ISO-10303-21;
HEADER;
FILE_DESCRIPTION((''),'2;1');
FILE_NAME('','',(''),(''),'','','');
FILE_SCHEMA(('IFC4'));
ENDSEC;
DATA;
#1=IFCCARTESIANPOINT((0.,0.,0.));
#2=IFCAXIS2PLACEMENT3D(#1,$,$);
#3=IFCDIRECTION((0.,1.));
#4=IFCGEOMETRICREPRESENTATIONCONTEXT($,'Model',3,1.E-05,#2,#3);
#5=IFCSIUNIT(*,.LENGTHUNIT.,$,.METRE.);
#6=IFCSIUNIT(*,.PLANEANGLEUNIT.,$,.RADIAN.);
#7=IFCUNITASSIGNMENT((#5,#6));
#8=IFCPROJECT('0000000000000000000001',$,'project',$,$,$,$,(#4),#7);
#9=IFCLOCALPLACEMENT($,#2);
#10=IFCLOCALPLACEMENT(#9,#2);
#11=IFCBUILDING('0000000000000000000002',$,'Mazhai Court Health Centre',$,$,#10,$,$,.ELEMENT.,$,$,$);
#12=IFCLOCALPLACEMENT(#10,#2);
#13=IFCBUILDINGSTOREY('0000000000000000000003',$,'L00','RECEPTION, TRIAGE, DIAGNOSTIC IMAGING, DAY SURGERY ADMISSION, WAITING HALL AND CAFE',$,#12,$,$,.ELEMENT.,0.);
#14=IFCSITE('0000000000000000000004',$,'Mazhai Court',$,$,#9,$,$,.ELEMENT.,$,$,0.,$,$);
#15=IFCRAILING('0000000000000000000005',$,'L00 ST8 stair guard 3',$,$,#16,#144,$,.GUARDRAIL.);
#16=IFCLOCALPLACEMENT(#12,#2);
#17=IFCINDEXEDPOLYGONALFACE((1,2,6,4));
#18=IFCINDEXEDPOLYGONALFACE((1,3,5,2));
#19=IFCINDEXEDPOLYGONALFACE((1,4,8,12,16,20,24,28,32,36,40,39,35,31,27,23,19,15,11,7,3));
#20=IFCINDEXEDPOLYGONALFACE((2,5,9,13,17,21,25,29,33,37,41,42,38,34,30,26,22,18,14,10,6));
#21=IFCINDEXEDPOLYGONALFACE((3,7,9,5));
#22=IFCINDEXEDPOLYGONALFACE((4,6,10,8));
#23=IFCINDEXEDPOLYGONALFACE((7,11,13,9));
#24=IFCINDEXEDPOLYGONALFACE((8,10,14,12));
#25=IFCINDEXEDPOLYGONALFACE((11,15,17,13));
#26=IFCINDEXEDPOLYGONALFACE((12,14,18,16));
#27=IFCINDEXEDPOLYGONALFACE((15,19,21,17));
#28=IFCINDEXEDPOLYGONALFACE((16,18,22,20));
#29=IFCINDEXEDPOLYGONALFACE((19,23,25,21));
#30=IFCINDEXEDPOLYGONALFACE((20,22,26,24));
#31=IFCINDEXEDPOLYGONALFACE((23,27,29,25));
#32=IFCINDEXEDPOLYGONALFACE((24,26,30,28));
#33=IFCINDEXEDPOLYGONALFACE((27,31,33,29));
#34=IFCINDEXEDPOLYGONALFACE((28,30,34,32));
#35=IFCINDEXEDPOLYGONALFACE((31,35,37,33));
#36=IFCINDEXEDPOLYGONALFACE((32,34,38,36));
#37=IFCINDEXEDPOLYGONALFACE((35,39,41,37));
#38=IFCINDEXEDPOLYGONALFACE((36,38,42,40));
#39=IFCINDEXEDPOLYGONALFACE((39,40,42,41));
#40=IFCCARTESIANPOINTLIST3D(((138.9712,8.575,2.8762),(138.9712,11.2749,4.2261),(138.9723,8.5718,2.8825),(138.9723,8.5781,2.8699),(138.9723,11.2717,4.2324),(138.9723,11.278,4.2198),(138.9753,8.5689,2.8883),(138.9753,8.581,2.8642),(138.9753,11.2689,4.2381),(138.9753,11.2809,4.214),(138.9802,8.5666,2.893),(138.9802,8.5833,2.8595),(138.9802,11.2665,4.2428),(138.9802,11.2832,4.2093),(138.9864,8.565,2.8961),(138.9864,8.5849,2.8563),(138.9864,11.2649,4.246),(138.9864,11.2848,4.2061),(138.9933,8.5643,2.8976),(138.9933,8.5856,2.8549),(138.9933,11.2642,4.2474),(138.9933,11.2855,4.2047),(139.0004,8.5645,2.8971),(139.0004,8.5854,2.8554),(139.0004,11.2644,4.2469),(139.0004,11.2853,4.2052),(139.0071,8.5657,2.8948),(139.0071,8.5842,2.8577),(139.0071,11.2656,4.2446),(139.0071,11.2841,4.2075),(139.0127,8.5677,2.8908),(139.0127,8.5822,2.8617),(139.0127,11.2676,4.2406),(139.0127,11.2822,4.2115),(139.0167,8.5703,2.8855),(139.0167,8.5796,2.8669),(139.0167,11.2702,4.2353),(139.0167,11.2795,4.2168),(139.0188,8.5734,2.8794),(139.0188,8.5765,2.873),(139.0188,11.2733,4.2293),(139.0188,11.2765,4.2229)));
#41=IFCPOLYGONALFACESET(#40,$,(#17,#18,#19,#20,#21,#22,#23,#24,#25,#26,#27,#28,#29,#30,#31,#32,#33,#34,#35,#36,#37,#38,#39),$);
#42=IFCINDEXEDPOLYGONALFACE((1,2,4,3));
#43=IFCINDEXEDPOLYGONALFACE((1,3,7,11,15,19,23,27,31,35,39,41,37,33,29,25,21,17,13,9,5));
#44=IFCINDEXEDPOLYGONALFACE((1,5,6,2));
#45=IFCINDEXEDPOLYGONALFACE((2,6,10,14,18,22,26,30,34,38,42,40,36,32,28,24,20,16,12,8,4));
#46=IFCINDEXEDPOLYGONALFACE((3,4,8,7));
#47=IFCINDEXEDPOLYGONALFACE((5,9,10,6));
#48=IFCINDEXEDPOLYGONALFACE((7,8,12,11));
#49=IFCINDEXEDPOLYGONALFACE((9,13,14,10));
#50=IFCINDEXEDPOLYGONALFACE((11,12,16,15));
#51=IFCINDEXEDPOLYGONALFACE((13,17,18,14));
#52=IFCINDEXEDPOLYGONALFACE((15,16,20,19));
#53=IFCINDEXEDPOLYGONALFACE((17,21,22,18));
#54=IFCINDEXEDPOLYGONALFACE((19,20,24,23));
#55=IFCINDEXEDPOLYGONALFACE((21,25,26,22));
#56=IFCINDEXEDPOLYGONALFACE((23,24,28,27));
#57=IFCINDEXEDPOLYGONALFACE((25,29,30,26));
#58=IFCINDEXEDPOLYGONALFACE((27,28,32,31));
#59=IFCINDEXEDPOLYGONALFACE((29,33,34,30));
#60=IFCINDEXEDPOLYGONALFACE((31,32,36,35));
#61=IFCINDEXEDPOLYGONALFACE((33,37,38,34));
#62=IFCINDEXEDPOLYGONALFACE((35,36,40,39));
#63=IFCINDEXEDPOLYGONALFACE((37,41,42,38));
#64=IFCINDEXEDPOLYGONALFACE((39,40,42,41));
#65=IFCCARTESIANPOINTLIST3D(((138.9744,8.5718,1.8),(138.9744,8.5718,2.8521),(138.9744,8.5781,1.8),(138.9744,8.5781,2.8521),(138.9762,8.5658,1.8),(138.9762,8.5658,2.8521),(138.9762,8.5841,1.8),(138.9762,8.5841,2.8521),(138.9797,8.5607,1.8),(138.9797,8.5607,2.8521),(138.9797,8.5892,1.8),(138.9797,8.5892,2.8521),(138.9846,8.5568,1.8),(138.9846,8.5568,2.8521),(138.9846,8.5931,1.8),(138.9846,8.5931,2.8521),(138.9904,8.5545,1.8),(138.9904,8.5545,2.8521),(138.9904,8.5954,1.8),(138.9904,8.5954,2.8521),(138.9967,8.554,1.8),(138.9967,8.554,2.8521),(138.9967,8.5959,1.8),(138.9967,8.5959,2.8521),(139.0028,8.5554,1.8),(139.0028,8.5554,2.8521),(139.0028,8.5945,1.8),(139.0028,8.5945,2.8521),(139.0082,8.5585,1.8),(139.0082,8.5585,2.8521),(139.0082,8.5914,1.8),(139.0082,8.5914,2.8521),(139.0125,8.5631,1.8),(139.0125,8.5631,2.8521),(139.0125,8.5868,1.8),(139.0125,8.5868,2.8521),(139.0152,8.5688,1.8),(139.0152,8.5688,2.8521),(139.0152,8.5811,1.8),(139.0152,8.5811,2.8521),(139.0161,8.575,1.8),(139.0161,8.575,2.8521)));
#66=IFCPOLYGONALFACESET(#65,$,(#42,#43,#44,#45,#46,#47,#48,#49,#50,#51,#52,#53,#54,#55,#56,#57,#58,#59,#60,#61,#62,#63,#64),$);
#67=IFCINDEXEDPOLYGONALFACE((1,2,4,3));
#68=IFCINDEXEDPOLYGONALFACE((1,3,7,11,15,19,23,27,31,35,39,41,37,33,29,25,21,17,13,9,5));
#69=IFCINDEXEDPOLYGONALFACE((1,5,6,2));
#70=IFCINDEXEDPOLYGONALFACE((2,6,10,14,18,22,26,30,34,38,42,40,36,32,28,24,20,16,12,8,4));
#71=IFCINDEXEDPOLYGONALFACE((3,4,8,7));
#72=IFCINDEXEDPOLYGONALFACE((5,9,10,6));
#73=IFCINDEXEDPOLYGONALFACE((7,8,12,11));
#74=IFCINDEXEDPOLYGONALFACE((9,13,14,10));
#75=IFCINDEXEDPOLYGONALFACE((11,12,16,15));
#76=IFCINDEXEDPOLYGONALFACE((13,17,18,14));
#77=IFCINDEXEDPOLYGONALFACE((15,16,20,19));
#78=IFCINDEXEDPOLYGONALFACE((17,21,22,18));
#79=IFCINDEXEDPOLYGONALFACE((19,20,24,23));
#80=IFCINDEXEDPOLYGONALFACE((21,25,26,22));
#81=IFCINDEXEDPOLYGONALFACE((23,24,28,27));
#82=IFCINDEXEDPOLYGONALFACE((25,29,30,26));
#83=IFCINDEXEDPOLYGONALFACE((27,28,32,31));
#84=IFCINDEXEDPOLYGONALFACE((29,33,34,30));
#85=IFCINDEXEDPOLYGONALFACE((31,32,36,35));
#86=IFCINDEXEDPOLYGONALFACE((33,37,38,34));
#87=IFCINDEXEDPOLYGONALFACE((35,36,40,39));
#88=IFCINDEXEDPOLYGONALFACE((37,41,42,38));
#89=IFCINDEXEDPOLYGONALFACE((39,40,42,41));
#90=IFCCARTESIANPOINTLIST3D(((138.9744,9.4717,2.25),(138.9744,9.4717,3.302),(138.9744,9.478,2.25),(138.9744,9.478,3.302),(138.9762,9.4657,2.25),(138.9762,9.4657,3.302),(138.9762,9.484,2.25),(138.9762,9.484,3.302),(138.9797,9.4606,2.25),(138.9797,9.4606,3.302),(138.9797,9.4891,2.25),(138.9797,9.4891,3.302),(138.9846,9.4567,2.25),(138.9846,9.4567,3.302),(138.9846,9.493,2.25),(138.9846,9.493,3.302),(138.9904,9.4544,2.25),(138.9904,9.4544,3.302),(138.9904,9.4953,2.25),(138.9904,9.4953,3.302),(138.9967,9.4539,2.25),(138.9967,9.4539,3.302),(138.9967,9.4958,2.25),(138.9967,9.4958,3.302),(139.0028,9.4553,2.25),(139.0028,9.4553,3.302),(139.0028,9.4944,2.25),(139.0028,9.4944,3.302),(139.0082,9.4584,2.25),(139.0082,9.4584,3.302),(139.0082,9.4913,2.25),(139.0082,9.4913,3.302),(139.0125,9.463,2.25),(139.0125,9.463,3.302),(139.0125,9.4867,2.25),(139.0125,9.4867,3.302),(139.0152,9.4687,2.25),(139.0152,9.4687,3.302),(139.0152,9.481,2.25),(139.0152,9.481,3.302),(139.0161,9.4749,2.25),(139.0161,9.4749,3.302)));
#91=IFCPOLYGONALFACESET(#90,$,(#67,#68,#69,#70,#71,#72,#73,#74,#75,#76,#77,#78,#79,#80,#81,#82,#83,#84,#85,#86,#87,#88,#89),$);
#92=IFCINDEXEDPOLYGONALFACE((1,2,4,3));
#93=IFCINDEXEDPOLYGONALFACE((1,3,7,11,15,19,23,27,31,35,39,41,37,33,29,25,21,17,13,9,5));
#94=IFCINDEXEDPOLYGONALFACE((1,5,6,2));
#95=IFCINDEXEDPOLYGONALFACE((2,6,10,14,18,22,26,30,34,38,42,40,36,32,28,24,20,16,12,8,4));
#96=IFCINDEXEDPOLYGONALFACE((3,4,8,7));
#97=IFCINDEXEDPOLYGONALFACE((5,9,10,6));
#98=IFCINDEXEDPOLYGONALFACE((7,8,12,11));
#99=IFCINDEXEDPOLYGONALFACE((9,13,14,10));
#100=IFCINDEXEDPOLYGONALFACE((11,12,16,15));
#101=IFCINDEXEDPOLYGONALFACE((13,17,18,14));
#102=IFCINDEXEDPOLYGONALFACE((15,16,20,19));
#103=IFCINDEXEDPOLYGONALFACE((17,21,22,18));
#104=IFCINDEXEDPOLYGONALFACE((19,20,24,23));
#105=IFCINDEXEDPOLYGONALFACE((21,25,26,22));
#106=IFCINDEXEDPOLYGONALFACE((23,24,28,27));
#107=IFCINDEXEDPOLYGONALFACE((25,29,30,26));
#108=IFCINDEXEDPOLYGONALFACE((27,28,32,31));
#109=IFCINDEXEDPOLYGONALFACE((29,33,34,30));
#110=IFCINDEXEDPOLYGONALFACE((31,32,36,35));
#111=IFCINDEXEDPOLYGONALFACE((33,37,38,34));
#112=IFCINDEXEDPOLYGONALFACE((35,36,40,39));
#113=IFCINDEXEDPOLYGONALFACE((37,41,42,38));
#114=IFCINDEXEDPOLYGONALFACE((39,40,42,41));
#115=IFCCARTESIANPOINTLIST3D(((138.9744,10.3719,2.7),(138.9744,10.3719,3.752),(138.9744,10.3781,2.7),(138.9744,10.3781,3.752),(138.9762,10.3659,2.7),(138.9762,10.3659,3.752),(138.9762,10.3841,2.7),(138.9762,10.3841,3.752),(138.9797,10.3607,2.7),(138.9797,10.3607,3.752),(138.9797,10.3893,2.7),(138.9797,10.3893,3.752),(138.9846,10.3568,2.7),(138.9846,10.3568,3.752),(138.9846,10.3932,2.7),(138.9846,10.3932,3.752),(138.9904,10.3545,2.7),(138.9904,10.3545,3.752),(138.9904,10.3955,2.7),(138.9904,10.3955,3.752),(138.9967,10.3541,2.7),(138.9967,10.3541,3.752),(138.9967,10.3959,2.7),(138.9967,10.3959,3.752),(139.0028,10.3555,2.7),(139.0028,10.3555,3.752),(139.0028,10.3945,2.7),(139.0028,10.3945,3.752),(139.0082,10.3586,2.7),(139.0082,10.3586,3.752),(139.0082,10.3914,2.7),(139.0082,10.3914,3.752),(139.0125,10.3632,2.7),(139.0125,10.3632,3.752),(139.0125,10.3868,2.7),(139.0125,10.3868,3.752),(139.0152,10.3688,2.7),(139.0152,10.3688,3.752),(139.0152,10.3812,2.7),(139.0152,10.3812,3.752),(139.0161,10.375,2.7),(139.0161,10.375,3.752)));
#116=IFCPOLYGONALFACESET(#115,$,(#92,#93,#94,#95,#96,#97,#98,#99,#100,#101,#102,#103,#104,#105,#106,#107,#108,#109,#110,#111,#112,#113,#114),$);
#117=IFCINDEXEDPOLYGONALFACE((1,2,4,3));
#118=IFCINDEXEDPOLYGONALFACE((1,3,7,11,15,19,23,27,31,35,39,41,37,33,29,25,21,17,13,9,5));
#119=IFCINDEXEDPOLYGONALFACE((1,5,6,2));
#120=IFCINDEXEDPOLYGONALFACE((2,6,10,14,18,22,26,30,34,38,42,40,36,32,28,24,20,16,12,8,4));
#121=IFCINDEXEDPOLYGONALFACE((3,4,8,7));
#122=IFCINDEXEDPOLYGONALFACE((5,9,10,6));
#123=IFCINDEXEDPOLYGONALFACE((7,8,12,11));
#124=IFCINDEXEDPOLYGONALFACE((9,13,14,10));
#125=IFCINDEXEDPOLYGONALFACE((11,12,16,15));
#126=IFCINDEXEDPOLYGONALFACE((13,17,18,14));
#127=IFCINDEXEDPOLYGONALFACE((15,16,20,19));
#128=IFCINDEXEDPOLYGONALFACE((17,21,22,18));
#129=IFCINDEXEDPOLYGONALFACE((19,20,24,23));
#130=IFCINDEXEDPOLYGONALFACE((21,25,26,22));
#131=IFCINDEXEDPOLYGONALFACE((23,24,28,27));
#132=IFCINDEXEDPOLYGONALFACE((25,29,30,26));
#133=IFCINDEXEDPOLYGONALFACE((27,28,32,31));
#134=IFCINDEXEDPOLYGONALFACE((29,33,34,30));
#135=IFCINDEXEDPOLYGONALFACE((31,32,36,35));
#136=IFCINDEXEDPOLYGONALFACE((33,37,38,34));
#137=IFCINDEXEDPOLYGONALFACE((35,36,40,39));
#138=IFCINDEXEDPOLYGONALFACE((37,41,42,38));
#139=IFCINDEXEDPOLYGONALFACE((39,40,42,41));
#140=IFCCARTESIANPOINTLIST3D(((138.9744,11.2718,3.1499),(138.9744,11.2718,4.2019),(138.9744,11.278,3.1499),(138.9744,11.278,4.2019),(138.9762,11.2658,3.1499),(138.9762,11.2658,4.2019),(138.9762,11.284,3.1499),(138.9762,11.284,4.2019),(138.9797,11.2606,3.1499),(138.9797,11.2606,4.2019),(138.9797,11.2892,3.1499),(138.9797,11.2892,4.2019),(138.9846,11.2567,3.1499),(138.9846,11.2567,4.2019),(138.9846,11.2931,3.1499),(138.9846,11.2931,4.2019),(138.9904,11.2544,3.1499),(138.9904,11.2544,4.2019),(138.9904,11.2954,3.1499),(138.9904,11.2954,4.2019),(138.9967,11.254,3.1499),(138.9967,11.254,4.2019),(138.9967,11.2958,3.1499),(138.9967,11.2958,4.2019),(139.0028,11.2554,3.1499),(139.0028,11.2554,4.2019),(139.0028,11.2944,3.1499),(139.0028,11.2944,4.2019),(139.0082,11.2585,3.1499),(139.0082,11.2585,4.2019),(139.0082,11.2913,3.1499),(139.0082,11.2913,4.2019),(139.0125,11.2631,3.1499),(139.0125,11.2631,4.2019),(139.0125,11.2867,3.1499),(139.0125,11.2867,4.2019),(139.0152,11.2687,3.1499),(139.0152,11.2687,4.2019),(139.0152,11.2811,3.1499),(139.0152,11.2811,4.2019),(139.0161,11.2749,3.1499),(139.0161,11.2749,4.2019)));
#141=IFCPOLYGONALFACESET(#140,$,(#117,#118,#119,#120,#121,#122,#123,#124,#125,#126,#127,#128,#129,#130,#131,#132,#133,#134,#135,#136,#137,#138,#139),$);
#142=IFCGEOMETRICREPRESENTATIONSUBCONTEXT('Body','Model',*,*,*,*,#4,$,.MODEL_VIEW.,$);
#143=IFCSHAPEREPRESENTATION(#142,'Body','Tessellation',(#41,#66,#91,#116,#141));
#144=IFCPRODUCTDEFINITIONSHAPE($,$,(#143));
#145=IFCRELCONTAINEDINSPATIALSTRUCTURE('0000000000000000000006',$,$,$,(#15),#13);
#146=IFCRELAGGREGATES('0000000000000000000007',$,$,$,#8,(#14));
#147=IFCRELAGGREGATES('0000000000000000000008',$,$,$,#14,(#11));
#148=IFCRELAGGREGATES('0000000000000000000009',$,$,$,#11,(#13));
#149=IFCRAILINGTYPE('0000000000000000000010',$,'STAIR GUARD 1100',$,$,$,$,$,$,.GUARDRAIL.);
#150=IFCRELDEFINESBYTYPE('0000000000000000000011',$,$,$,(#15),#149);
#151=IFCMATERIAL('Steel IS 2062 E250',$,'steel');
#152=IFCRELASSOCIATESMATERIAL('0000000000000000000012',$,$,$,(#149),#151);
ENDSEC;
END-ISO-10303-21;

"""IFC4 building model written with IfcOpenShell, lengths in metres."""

from ifc_helpers import new_model, si_unit, direction, frame, origin, origin_2d, place, context, subcontext, project, spatial, circle, extrude, material, type_object, element, save


model = new_model("IFC4")

# Units and contexts
model_context = context("Model", 3, precision=1e-05, world=origin(), true_north=direction((0.0, 1.0)))
body_context = subcontext(model_context, "Body", "Model", "MODEL_VIEW")
ifc_project = project(units=[si_unit("LENGTHUNIT", "METRE"), si_unit("PLANEANGLEUNIT", "RADIAN")], contexts=[model_context])

# Site, building, storey
site_placement = place(None, origin())
site = spatial("IfcSite", under=ifc_project, at=site_placement, Name="Mazhai Court", CompositionType="ELEMENT", RefElevation=0.0)
building_placement = place(site_placement, origin())
building = spatial("IfcBuilding", under=site, at=building_placement, Name="Mazhai Court Health Centre", CompositionType="ELEMENT")
storey_placement = place(building_placement, origin())
storey = spatial("IfcBuildingStorey", under=building, at=storey_placement, Name="L00", Description="RECEPTION, TRIAGE, DIAGNOSTIC IMAGING, DAY SURGERY ADMISSION, WAITING HALL AND CAFE", CompositionType="ELEMENT", Elevation=0.0)

# Railing
ifc_material_1 = material(Name="Steel IS 2062 E250", Category="steel")
railing_type_1 = type_object("IfcRailingType", Name="STAIR GUARD 1100", PredefinedType="GUARDRAIL", material=ifc_material_1)
railing_1_placement = place(storey_placement, frame((138.9951, 8.575, 1.8)))
element("IfcRailing", 1, at=railing_1_placement, inside=storey, type_object=railing_type_1, Name="L00 ST8 stair guard 3", PredefinedType="GUARDRAIL", context=body_context, shape_type="SweptSolid", body=[
    extrude(circle(Radius=0.0239, at=origin_2d()), frame((0.0, 0.0, 1.0762), z_axis=(0.0, 0.894443, 0.447181), x_axis=(-1.0, 0.0, 0.0)), (0.0, 0.0, 1.0), 3.0186),
    extrude(circle(Radius=0.021, at=origin_2d()), origin(), (0.0, 0.0, 1.0), 1.052),
    extrude(circle(Radius=0.021, at=origin_2d()), frame((0.0, 0.8999, 0.45)), (0.0, 0.0, 1.0), 1.052),
    extrude(circle(Radius=0.021, at=origin_2d()), frame((0.0, 1.8, 0.8999)), (0.0, 0.0, 1.0), 1.052),
    extrude(circle(Radius=0.021, at=origin_2d()), frame((0.0, 2.7, 1.3499)), (0.0, 0.0, 1.0), 1.052),
])

save(model, "model.ifc")
